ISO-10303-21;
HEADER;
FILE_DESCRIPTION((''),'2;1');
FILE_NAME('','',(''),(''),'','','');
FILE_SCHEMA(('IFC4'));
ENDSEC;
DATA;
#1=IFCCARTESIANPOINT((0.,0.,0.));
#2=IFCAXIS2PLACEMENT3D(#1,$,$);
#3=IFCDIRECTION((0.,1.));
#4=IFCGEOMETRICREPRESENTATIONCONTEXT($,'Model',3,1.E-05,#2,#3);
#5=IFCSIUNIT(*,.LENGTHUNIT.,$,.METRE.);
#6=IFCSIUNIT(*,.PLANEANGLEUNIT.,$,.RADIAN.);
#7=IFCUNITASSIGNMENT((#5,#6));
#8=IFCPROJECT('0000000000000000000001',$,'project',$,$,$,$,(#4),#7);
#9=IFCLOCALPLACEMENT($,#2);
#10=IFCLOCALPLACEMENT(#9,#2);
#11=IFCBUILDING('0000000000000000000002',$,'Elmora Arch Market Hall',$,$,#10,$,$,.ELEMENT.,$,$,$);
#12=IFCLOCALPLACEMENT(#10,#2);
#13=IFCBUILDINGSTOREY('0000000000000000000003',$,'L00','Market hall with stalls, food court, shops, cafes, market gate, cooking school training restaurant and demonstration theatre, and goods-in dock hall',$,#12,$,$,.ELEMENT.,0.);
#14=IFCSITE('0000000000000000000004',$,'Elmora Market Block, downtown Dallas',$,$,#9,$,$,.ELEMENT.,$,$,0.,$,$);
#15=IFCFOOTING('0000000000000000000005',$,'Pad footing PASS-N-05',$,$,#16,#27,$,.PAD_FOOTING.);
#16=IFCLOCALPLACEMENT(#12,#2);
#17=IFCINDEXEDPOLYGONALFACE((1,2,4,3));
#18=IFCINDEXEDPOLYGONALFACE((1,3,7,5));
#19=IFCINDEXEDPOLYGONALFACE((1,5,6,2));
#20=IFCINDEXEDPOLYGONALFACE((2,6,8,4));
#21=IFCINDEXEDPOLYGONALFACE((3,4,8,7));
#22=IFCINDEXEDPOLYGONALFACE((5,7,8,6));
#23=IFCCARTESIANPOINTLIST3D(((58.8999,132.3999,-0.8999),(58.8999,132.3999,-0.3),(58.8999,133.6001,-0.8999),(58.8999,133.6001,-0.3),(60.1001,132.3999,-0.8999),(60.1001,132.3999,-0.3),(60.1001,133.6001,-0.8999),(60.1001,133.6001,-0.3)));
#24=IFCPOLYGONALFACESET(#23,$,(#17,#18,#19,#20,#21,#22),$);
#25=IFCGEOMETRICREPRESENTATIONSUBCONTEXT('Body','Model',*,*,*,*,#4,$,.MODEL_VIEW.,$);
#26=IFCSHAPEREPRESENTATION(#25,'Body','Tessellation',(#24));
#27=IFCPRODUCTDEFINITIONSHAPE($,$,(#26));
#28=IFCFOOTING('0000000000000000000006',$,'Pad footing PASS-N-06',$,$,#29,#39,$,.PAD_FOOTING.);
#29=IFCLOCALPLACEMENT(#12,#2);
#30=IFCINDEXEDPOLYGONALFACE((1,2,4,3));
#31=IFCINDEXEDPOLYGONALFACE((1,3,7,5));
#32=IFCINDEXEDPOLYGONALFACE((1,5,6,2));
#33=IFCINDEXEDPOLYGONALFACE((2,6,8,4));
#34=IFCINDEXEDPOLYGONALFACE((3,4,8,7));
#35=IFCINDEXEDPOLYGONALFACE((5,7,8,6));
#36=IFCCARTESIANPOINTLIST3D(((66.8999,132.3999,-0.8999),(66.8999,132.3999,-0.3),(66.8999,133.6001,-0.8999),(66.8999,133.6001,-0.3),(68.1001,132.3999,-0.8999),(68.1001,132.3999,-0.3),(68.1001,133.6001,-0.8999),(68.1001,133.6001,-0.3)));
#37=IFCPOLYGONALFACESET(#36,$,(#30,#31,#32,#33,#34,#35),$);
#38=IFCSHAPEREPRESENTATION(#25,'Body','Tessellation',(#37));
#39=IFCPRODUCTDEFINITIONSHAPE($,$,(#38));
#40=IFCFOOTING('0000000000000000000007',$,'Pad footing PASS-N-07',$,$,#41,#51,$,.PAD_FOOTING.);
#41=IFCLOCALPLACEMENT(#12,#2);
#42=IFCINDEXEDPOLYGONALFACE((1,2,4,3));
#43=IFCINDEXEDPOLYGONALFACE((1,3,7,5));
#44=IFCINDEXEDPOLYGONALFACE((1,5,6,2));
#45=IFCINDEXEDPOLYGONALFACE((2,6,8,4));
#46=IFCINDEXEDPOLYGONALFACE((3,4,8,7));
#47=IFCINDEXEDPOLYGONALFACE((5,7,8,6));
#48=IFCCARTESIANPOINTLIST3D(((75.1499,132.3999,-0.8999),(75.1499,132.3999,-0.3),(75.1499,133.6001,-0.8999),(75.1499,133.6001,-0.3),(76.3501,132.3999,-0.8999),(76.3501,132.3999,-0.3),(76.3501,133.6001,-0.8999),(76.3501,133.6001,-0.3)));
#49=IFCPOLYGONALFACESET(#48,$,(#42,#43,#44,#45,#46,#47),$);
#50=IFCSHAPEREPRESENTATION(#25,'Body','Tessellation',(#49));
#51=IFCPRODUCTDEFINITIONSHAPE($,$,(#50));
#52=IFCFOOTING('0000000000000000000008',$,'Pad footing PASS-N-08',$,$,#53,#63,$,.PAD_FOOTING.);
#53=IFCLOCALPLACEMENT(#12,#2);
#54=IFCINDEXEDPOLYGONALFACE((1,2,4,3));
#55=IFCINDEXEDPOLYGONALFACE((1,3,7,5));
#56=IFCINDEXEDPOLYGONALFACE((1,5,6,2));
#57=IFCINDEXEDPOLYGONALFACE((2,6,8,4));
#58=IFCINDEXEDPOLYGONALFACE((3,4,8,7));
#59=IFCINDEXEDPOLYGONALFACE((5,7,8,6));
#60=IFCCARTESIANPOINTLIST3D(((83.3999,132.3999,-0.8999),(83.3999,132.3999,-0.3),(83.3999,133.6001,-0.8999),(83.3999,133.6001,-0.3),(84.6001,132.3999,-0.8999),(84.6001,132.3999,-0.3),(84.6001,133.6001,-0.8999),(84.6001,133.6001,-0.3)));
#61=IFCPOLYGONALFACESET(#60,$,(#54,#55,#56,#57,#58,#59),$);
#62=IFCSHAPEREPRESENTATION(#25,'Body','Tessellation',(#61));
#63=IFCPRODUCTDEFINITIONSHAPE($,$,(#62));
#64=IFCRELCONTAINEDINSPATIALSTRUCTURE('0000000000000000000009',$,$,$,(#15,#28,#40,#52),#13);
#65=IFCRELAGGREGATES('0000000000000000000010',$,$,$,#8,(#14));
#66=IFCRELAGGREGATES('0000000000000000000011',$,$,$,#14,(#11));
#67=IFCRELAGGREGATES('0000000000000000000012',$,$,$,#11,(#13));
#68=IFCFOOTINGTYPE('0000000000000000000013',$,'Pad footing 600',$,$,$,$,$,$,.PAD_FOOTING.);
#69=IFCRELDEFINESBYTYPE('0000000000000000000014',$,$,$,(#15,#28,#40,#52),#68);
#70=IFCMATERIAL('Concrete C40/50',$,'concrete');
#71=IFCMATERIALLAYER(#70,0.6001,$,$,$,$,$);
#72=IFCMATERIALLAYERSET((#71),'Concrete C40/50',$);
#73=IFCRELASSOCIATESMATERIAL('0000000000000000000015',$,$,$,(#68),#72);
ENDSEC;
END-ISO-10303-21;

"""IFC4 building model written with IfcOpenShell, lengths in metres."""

from ifc_helpers import new_model, si_unit, direction, frame, origin, place, context, subcontext, project, spatial, polyline, outline, extrude, material, layer, layer_set, type_object, element, save


model = new_model("IFC4")

# Units and contexts
model_context = context("Model", 3, precision=1e-05, world=origin(), true_north=direction((0.0, 1.0)))
body_context = subcontext(model_context, "Body", "Model", "MODEL_VIEW")
ifc_project = project(units=[si_unit("LENGTHUNIT", "METRE"), si_unit("PLANEANGLEUNIT", "RADIAN")], contexts=[model_context])

# Site, building, storey
site_placement = place(None, origin())
site = spatial("IfcSite", under=ifc_project, at=site_placement, Name="Elmora Market Block, downtown Dallas", CompositionType="ELEMENT", RefElevation=0.0)
building_placement = place(site_placement, origin())
building = spatial("IfcBuilding", under=site, at=building_placement, Name="Elmora Arch Market Hall", CompositionType="ELEMENT")
storey_placement = place(building_placement, origin())
storey = spatial("IfcBuildingStorey", under=building, at=storey_placement, Name="L00", Description="Market hall with stalls, food court, shops, cafes, market gate, cooking school training restaurant and demonstration theatre, and goods-in dock hall", CompositionType="ELEMENT", Elevation=0.0)

# Footings
ifc_material_1 = material(Name="Concrete C40/50", Category="concrete")
ifc_layer_1 = layer(ifc_material_1, 0.6001)
ifc_layer_set_1 = layer_set([ifc_layer_1], Name="Concrete C40/50")
footing_type_1 = type_object("IfcFootingType", Name="Pad footing 600", PredefinedType="PAD_FOOTING", material=ifc_layer_set_1)
footing_1_placement = place(storey_placement, frame((0.0, 0.0, -0.8999)))
element("IfcFooting", 1, at=footing_1_placement, inside=storey, type_object=footing_type_1, Name="Pad footing PASS-N-05", PredefinedType="PAD_FOOTING", context=body_context, shape_type="SweptSolid", body=[
    extrude(outline(polyline([(58.8999, 132.3999), (60.1001, 132.3999), (60.1001, 133.6001), (58.8999, 133.6001), (58.8999, 132.3999)])), origin(), (0.0, 0.0, 1.0), 0.5999),
])
footing_2_placement = place(storey_placement, frame((0.0, 0.0, -0.8999)))
element("IfcFooting", 2, at=footing_2_placement, inside=storey, type_object=footing_type_1, Name="Pad footing PASS-N-06", PredefinedType="PAD_FOOTING", context=body_context, shape_type="SweptSolid", body=[
    extrude(outline(polyline([(66.8999, 132.3999), (68.1001, 132.3999), (68.1001, 133.6001), (66.8999, 133.6001), (66.8999, 132.3999)])), origin(), (0.0, 0.0, 1.0), 0.5999),
])
footing_3_placement = place(storey_placement, frame((0.0, 0.0, -0.8999)))
element("IfcFooting", 3, at=footing_3_placement, inside=storey, type_object=footing_type_1, Name="Pad footing PASS-N-07", PredefinedType="PAD_FOOTING", context=body_context, shape_type="SweptSolid", body=[
    extrude(outline(polyline([(75.1499, 132.3999), (76.3501, 132.3999), (76.3501, 133.6001), (75.1499, 133.6001), (75.1499, 132.3999)])), origin(), (0.0, 0.0, 1.0), 0.5999),
])
footing_4_placement = place(storey_placement, frame((0.0, 0.0, -0.8999)))
element("IfcFooting", 4, at=footing_4_placement, inside=storey, type_object=footing_type_1, Name="Pad footing PASS-N-08", PredefinedType="PAD_FOOTING", context=body_context, shape_type="SweptSolid", body=[
    extrude(outline(polyline([(83.3999, 132.3999), (84.6001, 132.3999), (84.6001, 133.6001), (83.3999, 133.6001), (83.3999, 132.3999)])), origin(), (0.0, 0.0, 1.0), 0.5999),
])

save(model, "model.ifc")
